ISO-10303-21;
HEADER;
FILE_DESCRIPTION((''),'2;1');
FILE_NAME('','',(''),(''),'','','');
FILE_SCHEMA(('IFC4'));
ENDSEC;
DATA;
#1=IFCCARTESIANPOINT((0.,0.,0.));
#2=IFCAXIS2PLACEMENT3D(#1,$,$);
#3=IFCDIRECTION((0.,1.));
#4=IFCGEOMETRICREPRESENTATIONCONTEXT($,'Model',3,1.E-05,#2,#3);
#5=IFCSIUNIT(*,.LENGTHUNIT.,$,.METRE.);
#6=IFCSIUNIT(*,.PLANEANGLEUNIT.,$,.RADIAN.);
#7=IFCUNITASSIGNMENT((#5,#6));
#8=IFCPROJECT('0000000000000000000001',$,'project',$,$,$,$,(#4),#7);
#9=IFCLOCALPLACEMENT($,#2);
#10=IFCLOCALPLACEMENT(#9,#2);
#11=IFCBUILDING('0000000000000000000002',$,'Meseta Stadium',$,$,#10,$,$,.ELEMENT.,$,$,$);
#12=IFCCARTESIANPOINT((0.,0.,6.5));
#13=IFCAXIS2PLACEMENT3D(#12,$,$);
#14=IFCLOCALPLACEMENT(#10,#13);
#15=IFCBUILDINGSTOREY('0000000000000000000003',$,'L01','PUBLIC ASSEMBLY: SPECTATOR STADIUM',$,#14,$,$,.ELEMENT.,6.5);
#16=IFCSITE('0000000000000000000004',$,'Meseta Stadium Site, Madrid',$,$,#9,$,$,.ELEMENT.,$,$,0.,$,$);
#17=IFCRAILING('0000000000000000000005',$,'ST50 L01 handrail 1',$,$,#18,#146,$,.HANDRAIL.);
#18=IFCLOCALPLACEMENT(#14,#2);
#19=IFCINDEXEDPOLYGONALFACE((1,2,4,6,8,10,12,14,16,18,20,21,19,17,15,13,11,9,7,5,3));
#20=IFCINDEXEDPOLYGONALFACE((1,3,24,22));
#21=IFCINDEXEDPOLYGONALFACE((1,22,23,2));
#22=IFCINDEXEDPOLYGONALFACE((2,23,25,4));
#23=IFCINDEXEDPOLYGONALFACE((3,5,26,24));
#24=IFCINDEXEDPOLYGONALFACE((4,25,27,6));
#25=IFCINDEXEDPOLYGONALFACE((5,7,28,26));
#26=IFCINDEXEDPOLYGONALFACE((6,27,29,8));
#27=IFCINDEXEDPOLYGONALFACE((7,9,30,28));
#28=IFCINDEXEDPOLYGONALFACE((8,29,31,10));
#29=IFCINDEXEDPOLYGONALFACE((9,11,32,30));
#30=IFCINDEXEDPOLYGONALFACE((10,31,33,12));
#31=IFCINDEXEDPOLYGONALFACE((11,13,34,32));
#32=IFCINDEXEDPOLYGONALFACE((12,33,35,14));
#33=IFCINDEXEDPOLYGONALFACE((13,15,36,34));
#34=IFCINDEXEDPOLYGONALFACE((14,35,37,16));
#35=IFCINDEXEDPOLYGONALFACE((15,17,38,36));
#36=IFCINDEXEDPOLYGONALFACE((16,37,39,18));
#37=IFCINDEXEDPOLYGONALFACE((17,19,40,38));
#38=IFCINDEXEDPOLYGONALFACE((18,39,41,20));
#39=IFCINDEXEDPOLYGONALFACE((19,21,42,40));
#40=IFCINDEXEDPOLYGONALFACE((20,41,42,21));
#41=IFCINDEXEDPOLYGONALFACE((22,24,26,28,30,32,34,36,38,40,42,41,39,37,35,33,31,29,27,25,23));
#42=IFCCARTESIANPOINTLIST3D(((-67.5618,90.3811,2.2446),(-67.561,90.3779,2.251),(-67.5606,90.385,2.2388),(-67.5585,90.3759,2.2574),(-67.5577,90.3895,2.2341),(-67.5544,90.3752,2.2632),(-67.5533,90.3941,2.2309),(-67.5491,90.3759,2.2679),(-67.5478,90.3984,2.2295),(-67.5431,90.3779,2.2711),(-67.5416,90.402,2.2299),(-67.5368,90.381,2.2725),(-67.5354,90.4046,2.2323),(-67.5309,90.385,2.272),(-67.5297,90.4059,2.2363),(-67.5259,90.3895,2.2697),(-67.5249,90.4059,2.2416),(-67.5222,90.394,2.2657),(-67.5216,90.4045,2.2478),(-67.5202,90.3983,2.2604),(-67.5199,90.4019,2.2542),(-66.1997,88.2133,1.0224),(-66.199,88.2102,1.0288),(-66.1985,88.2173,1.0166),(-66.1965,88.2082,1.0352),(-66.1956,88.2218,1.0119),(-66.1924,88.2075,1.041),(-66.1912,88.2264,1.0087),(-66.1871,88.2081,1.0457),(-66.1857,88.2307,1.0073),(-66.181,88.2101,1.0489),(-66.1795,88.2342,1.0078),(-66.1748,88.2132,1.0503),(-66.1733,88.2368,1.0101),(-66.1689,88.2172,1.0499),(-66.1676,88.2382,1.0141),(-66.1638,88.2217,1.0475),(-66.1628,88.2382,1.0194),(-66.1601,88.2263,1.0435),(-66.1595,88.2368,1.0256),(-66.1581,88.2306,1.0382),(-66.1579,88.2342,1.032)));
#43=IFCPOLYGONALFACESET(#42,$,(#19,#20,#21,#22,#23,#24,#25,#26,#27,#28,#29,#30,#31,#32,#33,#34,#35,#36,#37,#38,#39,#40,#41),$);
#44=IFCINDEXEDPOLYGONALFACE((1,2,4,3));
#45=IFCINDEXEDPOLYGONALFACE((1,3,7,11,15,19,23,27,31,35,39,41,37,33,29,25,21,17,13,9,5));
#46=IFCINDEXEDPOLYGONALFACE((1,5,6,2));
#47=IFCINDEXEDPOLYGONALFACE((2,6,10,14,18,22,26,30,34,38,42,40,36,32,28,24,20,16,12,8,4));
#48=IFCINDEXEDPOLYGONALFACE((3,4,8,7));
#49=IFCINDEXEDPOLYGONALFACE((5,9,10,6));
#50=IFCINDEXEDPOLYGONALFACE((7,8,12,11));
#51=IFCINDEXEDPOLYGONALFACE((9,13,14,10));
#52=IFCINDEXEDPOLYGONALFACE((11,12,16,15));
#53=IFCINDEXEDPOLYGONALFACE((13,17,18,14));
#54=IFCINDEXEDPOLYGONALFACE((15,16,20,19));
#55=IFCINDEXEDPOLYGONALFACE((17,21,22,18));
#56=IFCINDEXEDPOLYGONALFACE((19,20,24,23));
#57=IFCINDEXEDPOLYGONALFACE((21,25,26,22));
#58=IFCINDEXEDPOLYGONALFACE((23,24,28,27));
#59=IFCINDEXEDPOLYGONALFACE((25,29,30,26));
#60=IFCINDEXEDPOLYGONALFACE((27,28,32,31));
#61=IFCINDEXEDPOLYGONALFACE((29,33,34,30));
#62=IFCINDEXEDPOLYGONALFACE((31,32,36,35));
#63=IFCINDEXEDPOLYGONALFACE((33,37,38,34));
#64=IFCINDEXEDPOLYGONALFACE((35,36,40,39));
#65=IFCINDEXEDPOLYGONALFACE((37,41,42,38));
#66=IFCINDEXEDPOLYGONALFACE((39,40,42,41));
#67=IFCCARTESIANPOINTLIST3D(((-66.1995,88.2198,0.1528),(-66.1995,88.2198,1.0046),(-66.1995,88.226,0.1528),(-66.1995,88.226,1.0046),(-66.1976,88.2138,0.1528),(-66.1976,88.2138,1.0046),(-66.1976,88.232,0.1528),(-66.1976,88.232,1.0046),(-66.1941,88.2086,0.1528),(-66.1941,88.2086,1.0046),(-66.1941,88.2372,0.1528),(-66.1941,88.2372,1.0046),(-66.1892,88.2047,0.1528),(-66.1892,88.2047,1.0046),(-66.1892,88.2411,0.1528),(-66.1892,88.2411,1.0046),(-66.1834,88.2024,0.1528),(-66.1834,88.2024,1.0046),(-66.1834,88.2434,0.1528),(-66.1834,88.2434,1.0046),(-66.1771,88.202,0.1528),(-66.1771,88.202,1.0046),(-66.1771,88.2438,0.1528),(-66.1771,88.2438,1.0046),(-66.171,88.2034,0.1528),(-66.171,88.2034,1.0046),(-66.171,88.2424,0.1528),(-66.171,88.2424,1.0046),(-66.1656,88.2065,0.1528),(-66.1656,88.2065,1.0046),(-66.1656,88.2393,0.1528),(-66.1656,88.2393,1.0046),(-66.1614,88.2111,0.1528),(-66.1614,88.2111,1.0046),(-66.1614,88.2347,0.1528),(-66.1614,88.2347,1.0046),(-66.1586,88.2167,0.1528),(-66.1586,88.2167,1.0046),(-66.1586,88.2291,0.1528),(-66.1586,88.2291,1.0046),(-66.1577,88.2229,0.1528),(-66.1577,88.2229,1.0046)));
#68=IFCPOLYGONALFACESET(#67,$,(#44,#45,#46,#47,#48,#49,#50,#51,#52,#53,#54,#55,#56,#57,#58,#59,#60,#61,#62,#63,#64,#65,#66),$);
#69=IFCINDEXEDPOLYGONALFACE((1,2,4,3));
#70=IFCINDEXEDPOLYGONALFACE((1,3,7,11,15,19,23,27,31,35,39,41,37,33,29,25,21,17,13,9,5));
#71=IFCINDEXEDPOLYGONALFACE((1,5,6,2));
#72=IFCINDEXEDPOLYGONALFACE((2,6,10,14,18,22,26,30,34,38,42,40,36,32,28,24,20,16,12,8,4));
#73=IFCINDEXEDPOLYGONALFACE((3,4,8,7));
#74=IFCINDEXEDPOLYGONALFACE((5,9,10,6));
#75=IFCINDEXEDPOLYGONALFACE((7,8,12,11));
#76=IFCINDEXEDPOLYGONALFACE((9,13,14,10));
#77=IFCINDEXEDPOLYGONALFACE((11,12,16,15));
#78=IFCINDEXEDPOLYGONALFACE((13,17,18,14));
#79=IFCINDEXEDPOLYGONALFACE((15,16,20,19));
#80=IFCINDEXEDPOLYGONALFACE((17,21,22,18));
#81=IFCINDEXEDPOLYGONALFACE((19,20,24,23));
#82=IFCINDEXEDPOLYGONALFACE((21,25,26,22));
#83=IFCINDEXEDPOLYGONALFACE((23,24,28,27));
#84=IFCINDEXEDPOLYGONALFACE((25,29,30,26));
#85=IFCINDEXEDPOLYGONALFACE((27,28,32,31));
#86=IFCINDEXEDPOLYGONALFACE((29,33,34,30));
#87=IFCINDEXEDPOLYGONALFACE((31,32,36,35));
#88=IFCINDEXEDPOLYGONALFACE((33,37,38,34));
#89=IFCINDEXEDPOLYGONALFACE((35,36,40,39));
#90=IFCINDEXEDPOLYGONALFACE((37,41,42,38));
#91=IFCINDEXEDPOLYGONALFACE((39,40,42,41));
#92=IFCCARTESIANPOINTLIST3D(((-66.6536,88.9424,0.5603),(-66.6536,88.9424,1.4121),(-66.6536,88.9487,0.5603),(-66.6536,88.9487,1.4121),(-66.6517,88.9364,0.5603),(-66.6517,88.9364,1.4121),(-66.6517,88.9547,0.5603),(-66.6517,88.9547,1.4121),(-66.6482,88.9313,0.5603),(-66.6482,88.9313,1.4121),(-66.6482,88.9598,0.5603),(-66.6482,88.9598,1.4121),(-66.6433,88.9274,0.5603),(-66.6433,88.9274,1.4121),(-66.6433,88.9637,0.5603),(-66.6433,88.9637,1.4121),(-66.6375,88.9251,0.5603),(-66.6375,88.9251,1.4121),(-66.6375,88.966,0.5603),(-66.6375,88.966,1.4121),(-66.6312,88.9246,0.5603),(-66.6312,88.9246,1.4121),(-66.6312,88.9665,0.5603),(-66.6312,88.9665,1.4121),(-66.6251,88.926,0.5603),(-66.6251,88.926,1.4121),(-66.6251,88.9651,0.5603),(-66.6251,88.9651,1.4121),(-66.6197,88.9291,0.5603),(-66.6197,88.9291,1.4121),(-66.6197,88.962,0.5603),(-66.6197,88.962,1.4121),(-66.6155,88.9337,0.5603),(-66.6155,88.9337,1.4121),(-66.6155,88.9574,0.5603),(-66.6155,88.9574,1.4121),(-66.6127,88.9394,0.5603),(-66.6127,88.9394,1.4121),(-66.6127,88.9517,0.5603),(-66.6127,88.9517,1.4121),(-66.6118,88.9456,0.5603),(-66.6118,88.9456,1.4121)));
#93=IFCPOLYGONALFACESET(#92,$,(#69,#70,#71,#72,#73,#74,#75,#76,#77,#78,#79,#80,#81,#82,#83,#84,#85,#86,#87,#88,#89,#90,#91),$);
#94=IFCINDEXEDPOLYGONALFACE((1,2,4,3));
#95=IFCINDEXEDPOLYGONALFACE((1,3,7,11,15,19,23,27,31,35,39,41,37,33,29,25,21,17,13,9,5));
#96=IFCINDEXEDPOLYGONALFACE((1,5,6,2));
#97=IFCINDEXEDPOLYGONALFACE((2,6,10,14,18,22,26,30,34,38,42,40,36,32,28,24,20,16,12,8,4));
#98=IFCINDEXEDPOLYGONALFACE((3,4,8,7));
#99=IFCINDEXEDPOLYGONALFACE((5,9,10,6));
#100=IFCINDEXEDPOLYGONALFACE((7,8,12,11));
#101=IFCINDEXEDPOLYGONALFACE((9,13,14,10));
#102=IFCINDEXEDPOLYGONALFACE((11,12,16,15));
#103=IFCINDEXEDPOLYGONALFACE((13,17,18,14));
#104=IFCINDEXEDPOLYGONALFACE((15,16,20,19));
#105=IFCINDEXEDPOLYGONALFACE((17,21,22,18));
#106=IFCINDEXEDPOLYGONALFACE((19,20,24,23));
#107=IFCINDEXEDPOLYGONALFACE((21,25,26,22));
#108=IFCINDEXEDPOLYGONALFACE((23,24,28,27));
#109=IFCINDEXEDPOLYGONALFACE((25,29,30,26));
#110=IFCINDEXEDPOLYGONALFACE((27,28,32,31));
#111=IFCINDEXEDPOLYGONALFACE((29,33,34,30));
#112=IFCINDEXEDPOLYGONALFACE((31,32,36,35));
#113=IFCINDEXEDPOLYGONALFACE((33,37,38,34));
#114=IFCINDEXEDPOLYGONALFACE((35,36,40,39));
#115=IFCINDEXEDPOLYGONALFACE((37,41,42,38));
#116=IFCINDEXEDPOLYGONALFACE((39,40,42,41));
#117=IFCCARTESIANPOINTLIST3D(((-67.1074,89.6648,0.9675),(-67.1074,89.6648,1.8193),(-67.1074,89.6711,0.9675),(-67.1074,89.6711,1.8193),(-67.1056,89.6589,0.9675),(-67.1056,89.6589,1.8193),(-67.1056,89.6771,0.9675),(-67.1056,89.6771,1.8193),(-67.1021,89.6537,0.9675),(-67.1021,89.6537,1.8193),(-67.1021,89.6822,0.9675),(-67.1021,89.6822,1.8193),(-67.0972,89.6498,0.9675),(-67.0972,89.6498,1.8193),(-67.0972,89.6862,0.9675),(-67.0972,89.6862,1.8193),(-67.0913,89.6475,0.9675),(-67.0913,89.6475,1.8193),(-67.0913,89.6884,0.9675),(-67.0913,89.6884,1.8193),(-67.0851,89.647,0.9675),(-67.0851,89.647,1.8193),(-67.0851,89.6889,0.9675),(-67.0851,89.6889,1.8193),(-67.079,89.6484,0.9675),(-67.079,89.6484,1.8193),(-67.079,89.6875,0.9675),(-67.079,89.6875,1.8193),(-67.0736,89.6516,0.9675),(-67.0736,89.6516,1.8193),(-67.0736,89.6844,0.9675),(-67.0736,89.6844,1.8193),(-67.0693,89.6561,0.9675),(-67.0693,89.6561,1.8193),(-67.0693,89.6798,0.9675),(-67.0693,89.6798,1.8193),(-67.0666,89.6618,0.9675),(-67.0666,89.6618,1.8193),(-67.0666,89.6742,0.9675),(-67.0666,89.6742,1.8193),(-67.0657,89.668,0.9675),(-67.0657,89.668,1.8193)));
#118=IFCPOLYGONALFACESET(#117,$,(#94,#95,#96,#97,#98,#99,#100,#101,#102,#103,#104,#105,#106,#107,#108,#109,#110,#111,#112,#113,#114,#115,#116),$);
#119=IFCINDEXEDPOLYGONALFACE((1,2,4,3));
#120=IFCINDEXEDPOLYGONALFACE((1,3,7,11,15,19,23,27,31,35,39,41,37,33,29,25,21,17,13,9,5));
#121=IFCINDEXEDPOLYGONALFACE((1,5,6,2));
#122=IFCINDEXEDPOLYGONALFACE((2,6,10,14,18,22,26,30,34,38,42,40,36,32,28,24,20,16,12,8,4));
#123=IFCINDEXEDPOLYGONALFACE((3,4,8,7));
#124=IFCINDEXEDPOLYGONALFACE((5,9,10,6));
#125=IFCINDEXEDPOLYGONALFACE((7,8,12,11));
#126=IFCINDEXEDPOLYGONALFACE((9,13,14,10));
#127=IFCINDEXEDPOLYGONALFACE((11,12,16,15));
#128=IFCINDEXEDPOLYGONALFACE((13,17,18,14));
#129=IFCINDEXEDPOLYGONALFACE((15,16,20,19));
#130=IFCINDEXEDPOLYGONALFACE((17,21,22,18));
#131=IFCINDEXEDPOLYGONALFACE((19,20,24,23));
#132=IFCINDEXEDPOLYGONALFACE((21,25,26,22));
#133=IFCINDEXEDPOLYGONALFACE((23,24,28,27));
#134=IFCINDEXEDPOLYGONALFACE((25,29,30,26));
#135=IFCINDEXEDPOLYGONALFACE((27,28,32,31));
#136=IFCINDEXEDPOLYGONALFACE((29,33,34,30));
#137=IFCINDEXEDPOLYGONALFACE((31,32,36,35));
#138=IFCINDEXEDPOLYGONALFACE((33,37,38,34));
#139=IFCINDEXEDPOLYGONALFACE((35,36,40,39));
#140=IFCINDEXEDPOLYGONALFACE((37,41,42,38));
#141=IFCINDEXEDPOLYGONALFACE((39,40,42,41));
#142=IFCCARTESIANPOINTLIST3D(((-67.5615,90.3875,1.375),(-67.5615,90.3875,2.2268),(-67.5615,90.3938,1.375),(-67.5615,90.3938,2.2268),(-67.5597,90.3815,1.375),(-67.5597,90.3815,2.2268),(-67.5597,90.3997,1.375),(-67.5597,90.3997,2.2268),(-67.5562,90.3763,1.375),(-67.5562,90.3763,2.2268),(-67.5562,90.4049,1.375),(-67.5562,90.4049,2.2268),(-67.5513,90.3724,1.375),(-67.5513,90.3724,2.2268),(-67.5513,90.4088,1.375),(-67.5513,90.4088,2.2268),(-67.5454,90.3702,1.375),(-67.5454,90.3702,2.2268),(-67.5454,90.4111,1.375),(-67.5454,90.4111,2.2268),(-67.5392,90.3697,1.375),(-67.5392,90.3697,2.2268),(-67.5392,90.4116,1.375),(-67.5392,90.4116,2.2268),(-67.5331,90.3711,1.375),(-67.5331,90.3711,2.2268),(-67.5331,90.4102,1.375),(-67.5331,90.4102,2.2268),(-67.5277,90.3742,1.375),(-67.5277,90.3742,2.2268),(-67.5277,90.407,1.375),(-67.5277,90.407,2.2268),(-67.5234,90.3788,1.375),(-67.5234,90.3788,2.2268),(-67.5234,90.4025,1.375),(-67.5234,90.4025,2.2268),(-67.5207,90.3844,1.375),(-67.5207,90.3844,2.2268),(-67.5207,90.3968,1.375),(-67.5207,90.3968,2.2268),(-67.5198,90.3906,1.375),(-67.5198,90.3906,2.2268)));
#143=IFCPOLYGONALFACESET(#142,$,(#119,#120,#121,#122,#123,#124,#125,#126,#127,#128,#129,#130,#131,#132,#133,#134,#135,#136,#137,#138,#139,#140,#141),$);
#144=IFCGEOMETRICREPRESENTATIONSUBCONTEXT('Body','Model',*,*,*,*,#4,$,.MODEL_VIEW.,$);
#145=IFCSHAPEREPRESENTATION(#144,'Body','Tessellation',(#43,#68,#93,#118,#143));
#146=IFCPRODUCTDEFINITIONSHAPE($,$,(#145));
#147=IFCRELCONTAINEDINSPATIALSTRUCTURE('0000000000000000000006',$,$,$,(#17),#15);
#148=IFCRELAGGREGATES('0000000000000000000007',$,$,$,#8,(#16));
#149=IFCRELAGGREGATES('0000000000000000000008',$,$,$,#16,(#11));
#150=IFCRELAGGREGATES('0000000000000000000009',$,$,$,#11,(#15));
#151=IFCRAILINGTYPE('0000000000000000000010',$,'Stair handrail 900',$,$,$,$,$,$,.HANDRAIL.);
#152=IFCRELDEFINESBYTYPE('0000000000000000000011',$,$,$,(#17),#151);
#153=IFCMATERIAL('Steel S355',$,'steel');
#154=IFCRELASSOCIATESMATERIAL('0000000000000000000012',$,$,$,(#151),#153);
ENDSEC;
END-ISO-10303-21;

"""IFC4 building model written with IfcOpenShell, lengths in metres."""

from ifc_helpers import new_model, si_unit, direction, frame, origin, origin_2d, place, context, subcontext, project, spatial, circle, extrude, material, type_object, element, save


model = new_model("IFC4")

# Units and contexts
model_context = context("Model", 3, precision=1e-05, world=origin(), true_north=direction((0.0, 1.0)))
body_context = subcontext(model_context, "Body", "Model", "MODEL_VIEW")
ifc_project = project(units=[si_unit("LENGTHUNIT", "METRE"), si_unit("PLANEANGLEUNIT", "RADIAN")], contexts=[model_context])

# Site, building, storey
site_placement = place(None, origin())
site = spatial("IfcSite", under=ifc_project, at=site_placement, Name="Meseta Stadium Site, Madrid", CompositionType="ELEMENT", RefElevation=0.0)
building_placement = place(site_placement, origin())
building = spatial("IfcBuilding", under=site, at=building_placement, Name="Meseta Stadium", CompositionType="ELEMENT")
storey_placement = place(building_placement, frame((0.0, 0.0, 6.5)))
storey = spatial("IfcBuildingStorey", under=building, at=storey_placement, Name="L01", Description="PUBLIC ASSEMBLY: SPECTATOR STADIUM", CompositionType="ELEMENT", Elevation=6.5)

# Railing
ifc_material_1 = material(Name="Steel S355", Category="steel")
railing_type_1 = type_object("IfcRailingType", Name="Stair handrail 900", PredefinedType="HANDRAIL", material=ifc_material_1)
for number, where, name in (
    (1, (-66.1787, 88.2229, 0.1528), "ST50 L01 handrail 1"),
):
    element("IfcRailing", number, at=place(storey_placement, frame(where)), inside=storey, type_object=railing_type_1, Name=name, PredefinedType="HANDRAIL", context=body_context, shape_type="SweptSolid", body=[
        extrude(circle(Radius=0.0239, at=origin_2d()), frame((0.0, 0.0, 0.876), z_axis=(-0.480125, 0.764121, 0.430813), x_axis=(-0.846726, -0.532029, 0.0)), (0.0, 0.0, 1.0), 2.8369),
        extrude(circle(Radius=0.021, at=origin_2d()), origin(), (0.0, 0.0, 1.0), 0.8518),
        extrude(circle(Radius=0.021, at=origin_2d()), frame((-0.4541, 0.7227, 0.4075)), (0.0, 0.0, 1.0), 0.8518),
        extrude(circle(Radius=0.021, at=origin_2d()), frame((-0.908, 1.4451, 0.8147)), (0.0, 0.0, 1.0), 0.8518),
        extrude(circle(Radius=0.021, at=origin_2d()), frame((-1.3621, 2.1677, 1.2222)), (0.0, 0.0, 1.0), 0.8518),
    ])

save(model, "model.ifc")
